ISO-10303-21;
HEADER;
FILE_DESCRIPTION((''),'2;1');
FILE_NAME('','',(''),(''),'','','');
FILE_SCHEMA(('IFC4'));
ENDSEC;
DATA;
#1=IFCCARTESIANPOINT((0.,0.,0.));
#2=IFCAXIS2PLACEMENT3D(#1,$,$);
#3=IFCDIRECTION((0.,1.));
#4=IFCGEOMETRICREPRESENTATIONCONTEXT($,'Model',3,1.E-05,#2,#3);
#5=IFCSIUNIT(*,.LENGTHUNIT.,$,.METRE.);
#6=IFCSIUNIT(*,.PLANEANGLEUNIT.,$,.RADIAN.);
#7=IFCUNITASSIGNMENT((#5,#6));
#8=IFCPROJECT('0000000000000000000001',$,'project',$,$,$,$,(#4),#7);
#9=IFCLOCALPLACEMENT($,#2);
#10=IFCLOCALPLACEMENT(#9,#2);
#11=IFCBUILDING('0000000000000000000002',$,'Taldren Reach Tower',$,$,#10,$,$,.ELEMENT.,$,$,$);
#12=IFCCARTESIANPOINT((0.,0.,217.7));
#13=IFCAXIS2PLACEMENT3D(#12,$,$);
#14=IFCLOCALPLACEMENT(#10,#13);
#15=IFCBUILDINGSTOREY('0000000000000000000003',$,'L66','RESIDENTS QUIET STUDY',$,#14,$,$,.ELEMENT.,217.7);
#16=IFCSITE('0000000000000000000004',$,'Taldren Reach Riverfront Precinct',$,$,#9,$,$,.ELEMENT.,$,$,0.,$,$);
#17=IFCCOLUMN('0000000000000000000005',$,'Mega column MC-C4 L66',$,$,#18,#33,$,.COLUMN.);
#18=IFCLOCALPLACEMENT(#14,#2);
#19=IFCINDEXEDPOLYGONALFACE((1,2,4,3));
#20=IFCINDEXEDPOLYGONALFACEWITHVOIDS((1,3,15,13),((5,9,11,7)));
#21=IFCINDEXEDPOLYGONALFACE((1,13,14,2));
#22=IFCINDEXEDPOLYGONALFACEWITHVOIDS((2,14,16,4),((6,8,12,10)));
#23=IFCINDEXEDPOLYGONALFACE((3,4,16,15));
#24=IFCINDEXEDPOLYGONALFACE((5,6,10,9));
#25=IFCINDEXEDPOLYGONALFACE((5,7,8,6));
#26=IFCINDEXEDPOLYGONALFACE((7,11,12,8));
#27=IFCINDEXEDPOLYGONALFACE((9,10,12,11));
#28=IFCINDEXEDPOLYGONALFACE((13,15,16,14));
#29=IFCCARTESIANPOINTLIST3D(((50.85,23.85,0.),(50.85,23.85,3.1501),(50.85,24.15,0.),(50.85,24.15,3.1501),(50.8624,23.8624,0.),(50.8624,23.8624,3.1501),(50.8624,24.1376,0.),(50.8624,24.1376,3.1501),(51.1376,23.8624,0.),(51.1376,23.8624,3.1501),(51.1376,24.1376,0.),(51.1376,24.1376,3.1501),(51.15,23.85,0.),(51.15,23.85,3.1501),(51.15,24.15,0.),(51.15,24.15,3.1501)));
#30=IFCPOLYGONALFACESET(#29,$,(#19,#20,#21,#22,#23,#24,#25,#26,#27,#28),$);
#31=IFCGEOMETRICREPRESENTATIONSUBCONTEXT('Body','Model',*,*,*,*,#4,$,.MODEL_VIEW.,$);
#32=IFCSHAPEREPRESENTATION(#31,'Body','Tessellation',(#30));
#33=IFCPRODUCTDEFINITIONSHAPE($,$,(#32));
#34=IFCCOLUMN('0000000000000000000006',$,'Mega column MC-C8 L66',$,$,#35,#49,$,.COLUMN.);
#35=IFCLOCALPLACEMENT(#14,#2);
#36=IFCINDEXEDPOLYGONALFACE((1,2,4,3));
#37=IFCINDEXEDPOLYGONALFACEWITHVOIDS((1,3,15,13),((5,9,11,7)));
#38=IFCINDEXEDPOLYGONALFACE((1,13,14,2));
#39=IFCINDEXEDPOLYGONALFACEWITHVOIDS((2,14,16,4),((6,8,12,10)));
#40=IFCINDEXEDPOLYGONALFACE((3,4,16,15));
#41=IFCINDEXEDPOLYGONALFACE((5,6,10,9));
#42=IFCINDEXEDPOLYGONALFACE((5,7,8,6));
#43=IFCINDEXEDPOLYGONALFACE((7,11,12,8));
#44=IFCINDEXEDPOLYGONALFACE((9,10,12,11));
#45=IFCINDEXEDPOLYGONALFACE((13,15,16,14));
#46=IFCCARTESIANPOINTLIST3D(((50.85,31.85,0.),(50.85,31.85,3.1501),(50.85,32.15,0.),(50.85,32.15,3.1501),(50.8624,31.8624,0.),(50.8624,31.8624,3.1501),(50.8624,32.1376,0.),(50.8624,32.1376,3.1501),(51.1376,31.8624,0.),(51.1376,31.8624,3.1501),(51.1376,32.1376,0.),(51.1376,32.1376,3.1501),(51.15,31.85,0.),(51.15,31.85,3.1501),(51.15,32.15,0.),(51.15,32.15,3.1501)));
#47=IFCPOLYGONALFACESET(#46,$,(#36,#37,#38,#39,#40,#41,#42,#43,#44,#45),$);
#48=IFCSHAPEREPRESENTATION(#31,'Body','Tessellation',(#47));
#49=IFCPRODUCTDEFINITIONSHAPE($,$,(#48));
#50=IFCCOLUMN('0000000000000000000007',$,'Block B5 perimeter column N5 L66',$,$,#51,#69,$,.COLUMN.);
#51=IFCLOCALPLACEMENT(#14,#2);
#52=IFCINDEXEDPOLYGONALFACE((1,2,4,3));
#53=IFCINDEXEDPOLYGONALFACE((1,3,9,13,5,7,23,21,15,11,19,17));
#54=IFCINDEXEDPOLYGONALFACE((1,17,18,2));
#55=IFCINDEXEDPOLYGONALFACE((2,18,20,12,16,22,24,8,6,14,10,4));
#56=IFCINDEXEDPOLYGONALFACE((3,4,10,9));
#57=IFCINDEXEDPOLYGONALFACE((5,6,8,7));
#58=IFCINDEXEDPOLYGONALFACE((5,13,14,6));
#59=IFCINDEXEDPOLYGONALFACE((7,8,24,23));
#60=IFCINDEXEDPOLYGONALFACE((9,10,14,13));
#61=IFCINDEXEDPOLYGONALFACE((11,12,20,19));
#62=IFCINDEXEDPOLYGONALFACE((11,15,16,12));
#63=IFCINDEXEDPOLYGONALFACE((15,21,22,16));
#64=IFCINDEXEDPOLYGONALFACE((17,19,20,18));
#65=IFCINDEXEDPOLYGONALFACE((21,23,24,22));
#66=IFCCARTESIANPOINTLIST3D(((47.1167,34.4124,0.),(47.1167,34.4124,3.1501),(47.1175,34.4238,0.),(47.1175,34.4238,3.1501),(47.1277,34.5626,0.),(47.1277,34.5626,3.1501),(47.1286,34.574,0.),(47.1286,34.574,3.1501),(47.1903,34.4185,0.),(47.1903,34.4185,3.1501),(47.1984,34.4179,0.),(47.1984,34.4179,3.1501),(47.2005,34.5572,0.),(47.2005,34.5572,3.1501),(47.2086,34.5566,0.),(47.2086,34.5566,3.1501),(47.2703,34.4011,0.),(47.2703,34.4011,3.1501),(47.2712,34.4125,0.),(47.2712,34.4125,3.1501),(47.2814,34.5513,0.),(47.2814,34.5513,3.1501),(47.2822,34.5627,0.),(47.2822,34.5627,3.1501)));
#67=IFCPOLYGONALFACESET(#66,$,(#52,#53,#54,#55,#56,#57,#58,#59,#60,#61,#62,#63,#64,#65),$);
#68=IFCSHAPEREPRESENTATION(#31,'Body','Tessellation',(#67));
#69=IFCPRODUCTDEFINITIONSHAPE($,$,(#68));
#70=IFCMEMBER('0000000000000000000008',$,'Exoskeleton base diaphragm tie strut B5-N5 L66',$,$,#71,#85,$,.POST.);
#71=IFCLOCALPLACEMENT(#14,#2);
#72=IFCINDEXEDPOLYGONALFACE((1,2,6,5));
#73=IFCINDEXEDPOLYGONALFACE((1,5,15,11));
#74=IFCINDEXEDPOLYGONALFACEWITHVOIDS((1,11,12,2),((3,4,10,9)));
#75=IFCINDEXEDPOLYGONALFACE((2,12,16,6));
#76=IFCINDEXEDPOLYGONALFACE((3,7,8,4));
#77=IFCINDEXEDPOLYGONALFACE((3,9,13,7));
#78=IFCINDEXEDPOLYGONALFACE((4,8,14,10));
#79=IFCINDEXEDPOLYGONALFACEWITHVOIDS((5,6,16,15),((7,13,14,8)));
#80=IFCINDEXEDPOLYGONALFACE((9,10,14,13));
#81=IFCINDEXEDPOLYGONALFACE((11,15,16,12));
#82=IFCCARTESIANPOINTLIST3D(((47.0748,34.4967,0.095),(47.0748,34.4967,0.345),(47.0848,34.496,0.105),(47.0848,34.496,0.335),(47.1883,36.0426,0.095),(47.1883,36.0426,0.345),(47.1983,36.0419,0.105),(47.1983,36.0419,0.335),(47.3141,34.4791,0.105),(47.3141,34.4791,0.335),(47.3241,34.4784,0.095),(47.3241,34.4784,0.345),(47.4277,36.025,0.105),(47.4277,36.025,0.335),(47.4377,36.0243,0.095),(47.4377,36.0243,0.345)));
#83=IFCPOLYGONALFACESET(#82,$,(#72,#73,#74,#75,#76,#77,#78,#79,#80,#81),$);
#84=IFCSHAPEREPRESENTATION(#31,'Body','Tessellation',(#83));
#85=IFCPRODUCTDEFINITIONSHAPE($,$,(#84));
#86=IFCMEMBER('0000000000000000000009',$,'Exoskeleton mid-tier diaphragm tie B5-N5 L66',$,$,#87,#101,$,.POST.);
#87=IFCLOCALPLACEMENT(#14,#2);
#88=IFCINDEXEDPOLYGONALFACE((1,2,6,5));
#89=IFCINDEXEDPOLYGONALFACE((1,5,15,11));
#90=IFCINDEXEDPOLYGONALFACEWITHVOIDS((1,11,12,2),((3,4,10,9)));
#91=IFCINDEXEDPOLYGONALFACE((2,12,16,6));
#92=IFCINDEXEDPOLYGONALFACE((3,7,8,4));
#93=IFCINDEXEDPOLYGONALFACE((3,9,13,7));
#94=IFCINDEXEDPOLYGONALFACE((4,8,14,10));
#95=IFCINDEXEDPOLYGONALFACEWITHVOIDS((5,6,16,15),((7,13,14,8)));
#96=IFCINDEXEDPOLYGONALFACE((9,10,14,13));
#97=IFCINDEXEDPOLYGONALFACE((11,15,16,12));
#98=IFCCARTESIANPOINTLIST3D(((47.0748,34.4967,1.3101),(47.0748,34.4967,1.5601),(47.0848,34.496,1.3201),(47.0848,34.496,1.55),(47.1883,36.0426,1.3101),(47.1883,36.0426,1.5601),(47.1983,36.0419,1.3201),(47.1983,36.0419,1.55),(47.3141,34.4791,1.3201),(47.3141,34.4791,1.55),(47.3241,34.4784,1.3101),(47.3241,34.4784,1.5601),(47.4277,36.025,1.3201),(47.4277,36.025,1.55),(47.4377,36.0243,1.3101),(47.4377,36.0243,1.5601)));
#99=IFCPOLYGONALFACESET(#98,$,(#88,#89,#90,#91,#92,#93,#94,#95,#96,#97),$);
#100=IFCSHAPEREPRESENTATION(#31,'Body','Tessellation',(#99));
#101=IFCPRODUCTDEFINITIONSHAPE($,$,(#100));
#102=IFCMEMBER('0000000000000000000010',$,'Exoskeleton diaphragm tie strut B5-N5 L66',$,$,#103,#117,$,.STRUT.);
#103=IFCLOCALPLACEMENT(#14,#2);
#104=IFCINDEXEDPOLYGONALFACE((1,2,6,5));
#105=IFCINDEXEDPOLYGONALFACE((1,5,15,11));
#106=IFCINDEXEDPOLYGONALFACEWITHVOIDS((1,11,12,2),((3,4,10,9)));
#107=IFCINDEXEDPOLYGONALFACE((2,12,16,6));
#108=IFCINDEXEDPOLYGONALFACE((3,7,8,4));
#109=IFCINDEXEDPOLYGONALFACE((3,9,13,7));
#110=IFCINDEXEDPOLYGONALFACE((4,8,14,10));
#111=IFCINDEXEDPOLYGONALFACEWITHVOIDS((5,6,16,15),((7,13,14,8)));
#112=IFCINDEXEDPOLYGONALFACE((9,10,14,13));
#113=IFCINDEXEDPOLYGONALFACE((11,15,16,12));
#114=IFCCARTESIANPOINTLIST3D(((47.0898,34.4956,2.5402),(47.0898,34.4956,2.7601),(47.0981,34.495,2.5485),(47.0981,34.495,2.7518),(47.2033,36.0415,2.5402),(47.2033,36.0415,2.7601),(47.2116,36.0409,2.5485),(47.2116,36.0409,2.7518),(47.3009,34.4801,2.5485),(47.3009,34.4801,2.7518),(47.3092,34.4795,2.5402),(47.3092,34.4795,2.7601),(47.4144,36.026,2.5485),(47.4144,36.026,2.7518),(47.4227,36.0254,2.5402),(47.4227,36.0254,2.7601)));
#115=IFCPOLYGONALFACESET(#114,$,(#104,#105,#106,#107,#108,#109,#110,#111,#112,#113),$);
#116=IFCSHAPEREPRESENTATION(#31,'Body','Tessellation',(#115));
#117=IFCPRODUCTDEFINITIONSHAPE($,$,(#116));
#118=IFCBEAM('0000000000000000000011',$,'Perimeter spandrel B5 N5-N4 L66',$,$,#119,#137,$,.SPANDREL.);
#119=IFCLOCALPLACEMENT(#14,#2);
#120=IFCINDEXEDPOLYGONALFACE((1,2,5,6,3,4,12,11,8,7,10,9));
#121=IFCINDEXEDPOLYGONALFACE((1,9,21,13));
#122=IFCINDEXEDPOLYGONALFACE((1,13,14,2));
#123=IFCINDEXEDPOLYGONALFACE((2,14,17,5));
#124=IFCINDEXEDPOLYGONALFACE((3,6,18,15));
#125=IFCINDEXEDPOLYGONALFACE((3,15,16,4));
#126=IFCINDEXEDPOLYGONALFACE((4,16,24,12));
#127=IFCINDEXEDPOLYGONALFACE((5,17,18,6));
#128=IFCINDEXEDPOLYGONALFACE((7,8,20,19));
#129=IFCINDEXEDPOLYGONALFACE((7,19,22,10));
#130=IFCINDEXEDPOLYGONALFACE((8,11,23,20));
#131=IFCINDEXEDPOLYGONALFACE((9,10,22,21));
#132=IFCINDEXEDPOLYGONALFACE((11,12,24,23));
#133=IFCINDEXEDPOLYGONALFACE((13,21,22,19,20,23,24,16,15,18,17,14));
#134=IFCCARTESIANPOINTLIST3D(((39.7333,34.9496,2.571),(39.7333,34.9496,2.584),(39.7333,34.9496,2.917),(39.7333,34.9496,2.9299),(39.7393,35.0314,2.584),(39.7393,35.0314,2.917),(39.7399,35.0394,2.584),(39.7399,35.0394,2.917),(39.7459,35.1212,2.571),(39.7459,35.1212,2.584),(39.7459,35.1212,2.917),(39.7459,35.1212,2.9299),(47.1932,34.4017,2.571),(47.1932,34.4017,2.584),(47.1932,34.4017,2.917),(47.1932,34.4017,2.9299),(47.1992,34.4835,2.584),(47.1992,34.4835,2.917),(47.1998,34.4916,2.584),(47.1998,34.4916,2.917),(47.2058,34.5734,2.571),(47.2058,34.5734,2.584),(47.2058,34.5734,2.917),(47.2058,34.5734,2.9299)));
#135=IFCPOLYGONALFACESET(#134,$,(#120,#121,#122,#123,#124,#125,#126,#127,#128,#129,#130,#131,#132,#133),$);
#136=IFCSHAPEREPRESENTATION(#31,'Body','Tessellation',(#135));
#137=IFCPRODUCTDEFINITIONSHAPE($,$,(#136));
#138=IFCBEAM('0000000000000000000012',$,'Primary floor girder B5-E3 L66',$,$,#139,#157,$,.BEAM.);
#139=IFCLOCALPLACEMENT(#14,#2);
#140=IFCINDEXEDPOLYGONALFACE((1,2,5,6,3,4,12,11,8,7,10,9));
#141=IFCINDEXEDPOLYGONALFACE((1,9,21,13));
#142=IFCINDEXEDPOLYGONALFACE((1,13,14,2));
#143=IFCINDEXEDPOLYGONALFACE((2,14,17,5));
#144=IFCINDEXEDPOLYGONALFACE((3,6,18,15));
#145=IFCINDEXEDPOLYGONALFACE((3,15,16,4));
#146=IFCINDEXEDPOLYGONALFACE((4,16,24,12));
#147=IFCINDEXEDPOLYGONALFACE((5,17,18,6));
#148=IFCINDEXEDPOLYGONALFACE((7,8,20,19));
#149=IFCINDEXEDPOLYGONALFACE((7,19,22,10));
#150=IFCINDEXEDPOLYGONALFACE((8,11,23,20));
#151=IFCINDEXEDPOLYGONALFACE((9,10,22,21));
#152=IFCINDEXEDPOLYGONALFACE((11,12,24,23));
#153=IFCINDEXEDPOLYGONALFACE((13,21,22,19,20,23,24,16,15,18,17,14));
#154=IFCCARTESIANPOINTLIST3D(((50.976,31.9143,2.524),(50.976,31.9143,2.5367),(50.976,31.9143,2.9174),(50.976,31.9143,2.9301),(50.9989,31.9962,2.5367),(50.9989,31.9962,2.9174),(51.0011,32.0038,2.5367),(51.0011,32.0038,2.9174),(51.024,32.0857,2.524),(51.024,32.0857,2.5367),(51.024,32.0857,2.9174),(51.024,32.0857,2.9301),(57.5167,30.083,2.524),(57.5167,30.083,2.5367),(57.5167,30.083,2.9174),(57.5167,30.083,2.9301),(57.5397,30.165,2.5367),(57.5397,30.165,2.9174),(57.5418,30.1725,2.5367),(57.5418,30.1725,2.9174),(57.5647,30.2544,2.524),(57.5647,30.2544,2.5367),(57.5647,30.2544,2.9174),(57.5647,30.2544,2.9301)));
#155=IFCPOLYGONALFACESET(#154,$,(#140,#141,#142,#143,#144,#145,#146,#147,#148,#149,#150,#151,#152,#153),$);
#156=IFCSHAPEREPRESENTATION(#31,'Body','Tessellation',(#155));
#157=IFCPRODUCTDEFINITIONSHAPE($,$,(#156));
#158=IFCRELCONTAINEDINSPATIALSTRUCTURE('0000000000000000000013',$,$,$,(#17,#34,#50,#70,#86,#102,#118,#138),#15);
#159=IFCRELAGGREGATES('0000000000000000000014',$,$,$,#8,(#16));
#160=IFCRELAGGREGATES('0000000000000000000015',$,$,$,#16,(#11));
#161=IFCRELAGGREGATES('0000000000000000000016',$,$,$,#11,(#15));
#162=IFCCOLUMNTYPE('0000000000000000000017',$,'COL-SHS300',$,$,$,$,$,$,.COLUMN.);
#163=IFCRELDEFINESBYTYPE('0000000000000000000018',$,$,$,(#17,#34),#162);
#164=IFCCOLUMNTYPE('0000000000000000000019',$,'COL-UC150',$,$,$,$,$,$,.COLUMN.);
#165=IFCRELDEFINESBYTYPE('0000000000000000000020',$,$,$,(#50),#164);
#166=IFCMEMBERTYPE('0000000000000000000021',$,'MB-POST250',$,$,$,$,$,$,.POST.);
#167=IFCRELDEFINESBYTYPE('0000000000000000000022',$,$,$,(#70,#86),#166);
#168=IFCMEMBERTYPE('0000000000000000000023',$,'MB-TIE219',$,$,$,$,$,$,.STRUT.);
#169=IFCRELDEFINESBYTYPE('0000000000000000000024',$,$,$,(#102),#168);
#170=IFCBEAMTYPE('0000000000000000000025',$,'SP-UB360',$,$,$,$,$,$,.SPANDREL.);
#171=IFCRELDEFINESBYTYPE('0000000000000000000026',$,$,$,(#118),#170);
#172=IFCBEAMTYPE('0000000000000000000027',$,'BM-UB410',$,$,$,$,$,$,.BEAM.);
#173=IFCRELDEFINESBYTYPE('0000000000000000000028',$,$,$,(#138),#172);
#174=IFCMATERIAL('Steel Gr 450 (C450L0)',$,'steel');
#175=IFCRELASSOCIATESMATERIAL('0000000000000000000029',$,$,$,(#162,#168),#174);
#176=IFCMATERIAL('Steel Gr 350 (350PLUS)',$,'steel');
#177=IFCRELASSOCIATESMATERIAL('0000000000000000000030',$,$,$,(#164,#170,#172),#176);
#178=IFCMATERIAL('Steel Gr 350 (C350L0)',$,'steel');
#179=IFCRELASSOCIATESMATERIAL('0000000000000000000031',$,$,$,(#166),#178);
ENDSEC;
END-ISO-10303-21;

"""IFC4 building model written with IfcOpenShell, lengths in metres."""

from ifc_helpers import new_model, si_unit, direction, frame, origin, origin_2d, place, context, subcontext, project, spatial, hollow_rectangle, i_section, extrude, source, transform, mapped, material, material_profile, profile_set, type_object, element, save


model = new_model("IFC4")

# Units and contexts
model_context = context("Model", 3, precision=1e-05, world=origin(), true_north=direction((0.0, 1.0)))
body_context = subcontext(model_context, "Body", "Model", "MODEL_VIEW")
ifc_project = project(units=[si_unit("LENGTHUNIT", "METRE"), si_unit("PLANEANGLEUNIT", "RADIAN")], contexts=[model_context])

# Site, building, storey
site_placement = place(None, origin())
site = spatial("IfcSite", under=ifc_project, at=site_placement, Name="Taldren Reach Riverfront Precinct", CompositionType="ELEMENT", RefElevation=0.0)
building_placement = place(site_placement, origin())
building = spatial("IfcBuilding", under=site, at=building_placement, Name="Taldren Reach Tower", CompositionType="ELEMENT")
storey_placement = place(building_placement, frame((0.0, 0.0, 217.7)))
storey = spatial("IfcBuildingStorey", under=building, at=storey_placement, Name="L66", Description="RESIDENTS QUIET STUDY", CompositionType="ELEMENT", Elevation=217.7)

# Columns
ifc_material_1 = material(Name="Steel Gr 450 (C450L0)", Category="steel")
ifc_material_profile_1 = material_profile(ifc_material_1, hollow_rectangle(XDim=0.3, YDim=0.3, WallThickness=0.0125, at=origin_2d()), Name="300x300x12.5SHS")
ifc_profile_set_1 = profile_set([ifc_material_profile_1], Name="Steel Gr 450 (C450L0)")
column_type_1 = type_object("IfcColumnType", Name="COL-SHS300", PredefinedType="COLUMN", material=ifc_profile_set_1)
shared_shape_1 = source(origin(), body_context, "Body", "SweptSolid", [
    extrude(hollow_rectangle(XDim=0.3, YDim=0.3, WallThickness=0.0125, at=origin_2d()), origin(), (0.0, 0.0, 1.0), 3.1501),
])
for number, where, z_axis, x_axis, name in (
    (1, (51.0, 24.0, 0.0), (0.0, 0.0, 1.0), (1.0, 0.0, 0.0), "Mega column MC-C4 L66"),
    (2, (51.0, 32.0, 0.0), (0.0, 0.0, 1.0), (1.0, 0.0, 0.0), "Mega column MC-C8 L66"),
):
    element("IfcColumn", number, at=place(storey_placement, frame(where, z_axis=z_axis, x_axis=x_axis)), inside=storey, type_object=column_type_1, Name=name, PredefinedType="COLUMN", context=body_context, shape_type="MappedRepresentation", body=[
        mapped(shared_shape_1, transform((0.0, 0.0, 0.0), scale=1.0)),
    ])
ifc_material_2 = material(Name="Steel Gr 350 (350PLUS)", Category="steel")
ifc_material_profile_2 = material_profile(ifc_material_2, i_section(OverallWidth=0.1541, OverallDepth=0.1621, WebThickness=0.0081, FlangeThickness=0.0115, at=origin_2d()), Name="150UC37.2")
ifc_profile_set_2 = profile_set([ifc_material_profile_2], Name="Steel Gr 350 (350PLUS)")
column_type_2 = type_object("IfcColumnType", Name="COL-UC150", PredefinedType="COLUMN", material=ifc_profile_set_2)
shared_shape_2 = source(origin(), body_context, "Body", "SweptSolid", [
    extrude(i_section(OverallWidth=0.1541, OverallDepth=0.1621, WebThickness=0.0081, FlangeThickness=0.0115, at=origin_2d()), origin(), (0.0, 0.0, 1.0), 3.1501),
])
column_placement = place(storey_placement, frame((47.1995, 34.4875, 0.0), z_axis=(0.0, 0.0, 1.0), x_axis=(0.997314, -0.073238, 0.0)))
element("IfcColumn", 3, at=column_placement, inside=storey, type_object=column_type_2, Name="Block B5 perimeter column N5 L66", PredefinedType="COLUMN", context=body_context, shape_type="MappedRepresentation", body=[
    mapped(shared_shape_2, transform((0.0, 0.0, 0.0), scale=1.0)),
])

# Members
ifc_material_3 = material(Name="Steel Gr 350 (C350L0)", Category="steel")
ifc_material_profile_3 = material_profile(ifc_material_3, hollow_rectangle(XDim=0.25, YDim=0.25, WallThickness=0.01, at=origin_2d()), Name="250x250x10.0SHS")
ifc_profile_set_3 = profile_set([ifc_material_profile_3], Name="Steel Gr 350 (C350L0)")
member_type_1 = type_object("IfcMemberType", Name="MB-POST250", PredefinedType="POST", material=ifc_profile_set_3)
shared_shape_3 = source(origin(), body_context, "Body", "SweptSolid", [
    extrude(hollow_rectangle(XDim=0.25, YDim=0.25, WallThickness=0.01, at=origin_2d()), origin(), (0.0, 0.0, 1.0), 1.55),
])
for number, where, z_axis, x_axis, name in (
    (4, (47.1995, 34.4875, 0.22), (0.073239, 0.997314, 0.0), (-0.997314, 0.073239, 0.0), "Exoskeleton base diaphragm tie strut B5-N5 L66"),
    (5, (47.1995, 34.4875, 1.4351), (0.073239, 0.997314, 0.0), (-0.997314, 0.073239, 0.0), "Exoskeleton mid-tier diaphragm tie B5-N5 L66"),
):
    element("IfcMember", number, at=place(storey_placement, frame(where, z_axis=z_axis, x_axis=x_axis)), inside=storey, type_object=member_type_1, Name=name, PredefinedType="POST", context=body_context, shape_type="MappedRepresentation", body=[
        mapped(shared_shape_3, transform((0.0, 0.0, 0.0), scale=1.0)),
    ])
ifc_material_profile_4 = material_profile(ifc_material_1, hollow_rectangle(XDim=0.22, YDim=0.22, WallThickness=0.0083, at=origin_2d()), Name="220x220x8.2SHS")
ifc_profile_set_4 = profile_set([ifc_material_profile_4], Name="Steel Gr 450 (C450L0)")
member_type_2 = type_object("IfcMemberType", Name="MB-TIE219", PredefinedType="STRUT", material=ifc_profile_set_4)
shared_shape_4 = source(origin(), body_context, "Body", "SweptSolid", [
    extrude(hollow_rectangle(XDim=0.22, YDim=0.22, WallThickness=0.0083, at=origin_2d()), origin(), (0.0, 0.0, 1.0), 1.55),
])
member_1_placement = place(storey_placement, frame((47.1995, 34.4875, 2.6501), z_axis=(0.073239, 0.997314, 0.0), x_axis=(-0.997314, 0.073239, 0.0)))
element("IfcMember", 6, at=member_1_placement, inside=storey, type_object=member_type_2, Name="Exoskeleton diaphragm tie strut B5-N5 L66", PredefinedType="STRUT", context=body_context, shape_type="MappedRepresentation", body=[
    mapped(shared_shape_4, transform((0.0, 0.0, 0.0), scale=1.0)),
])

# Beams
ifc_material_profile_5 = material_profile(ifc_material_2, i_section(OverallWidth=0.1721, OverallDepth=0.3589, WebThickness=0.0081, FlangeThickness=0.0129, at=origin_2d()), Name="360UB56.7")
ifc_profile_set_5 = profile_set([ifc_material_profile_5], Name="Steel Gr 350 (350PLUS)")
beam_type_1 = type_object("IfcBeamType", Name="SP-UB360", PredefinedType="SPANDREL", material=ifc_profile_set_5)
shared_shape_5 = source(origin(), body_context, "Body", "SweptSolid", [
    extrude(i_section(OverallWidth=0.1721, OverallDepth=0.3589, WebThickness=0.0081, FlangeThickness=0.0129, at=origin_2d()), origin(), (0.0, 0.0, 1.0), 7.48),
])
beam_1_placement = place(storey_placement, frame((47.1995, 34.4875, 2.7505), z_axis=(-0.997314, 0.073242, 0.0), x_axis=(-0.073242, -0.997314, 0.0)))
element("IfcBeam", 7, at=beam_1_placement, inside=storey, type_object=beam_type_1, Name="Perimeter spandrel B5 N5-N4 L66", PredefinedType="SPANDREL", context=body_context, shape_type="MappedRepresentation", body=[
    mapped(shared_shape_5, transform((0.0, 0.0, 0.0), scale=1.0)),
])
ifc_material_profile_6 = material_profile(ifc_material_2, i_section(OverallWidth=0.178, OverallDepth=0.406, WebThickness=0.0078, FlangeThickness=0.0127, at=origin_2d()), Name="410UB59.7")
ifc_profile_set_6 = profile_set([ifc_material_profile_6], Name="Steel Gr 350 (350PLUS)")
beam_type_2 = type_object("IfcBeamType", Name="BM-UB410", PredefinedType="BEAM", material=ifc_profile_set_6)
shared_shape_6 = source(origin(), body_context, "Body", "SweptSolid", [
    extrude(i_section(OverallWidth=0.178, OverallDepth=0.406, WebThickness=0.0078, FlangeThickness=0.0127, at=origin_2d()), origin(), (0.0, 0.0, 1.0), 6.7922),
])
beam_2_placement = place(storey_placement, frame((51.0, 32.0, 2.7271), z_axis=(0.962968, -0.269614, 0.0), x_axis=(0.269614, 0.962968, 0.0)))
element("IfcBeam", 8, at=beam_2_placement, inside=storey, type_object=beam_type_2, Name="Primary floor girder B5-E3 L66", PredefinedType="BEAM", context=body_context, shape_type="MappedRepresentation", body=[
    mapped(shared_shape_6, transform((0.0, 0.0, 0.0), scale=1.0)),
])

save(model, "model.ifc")
